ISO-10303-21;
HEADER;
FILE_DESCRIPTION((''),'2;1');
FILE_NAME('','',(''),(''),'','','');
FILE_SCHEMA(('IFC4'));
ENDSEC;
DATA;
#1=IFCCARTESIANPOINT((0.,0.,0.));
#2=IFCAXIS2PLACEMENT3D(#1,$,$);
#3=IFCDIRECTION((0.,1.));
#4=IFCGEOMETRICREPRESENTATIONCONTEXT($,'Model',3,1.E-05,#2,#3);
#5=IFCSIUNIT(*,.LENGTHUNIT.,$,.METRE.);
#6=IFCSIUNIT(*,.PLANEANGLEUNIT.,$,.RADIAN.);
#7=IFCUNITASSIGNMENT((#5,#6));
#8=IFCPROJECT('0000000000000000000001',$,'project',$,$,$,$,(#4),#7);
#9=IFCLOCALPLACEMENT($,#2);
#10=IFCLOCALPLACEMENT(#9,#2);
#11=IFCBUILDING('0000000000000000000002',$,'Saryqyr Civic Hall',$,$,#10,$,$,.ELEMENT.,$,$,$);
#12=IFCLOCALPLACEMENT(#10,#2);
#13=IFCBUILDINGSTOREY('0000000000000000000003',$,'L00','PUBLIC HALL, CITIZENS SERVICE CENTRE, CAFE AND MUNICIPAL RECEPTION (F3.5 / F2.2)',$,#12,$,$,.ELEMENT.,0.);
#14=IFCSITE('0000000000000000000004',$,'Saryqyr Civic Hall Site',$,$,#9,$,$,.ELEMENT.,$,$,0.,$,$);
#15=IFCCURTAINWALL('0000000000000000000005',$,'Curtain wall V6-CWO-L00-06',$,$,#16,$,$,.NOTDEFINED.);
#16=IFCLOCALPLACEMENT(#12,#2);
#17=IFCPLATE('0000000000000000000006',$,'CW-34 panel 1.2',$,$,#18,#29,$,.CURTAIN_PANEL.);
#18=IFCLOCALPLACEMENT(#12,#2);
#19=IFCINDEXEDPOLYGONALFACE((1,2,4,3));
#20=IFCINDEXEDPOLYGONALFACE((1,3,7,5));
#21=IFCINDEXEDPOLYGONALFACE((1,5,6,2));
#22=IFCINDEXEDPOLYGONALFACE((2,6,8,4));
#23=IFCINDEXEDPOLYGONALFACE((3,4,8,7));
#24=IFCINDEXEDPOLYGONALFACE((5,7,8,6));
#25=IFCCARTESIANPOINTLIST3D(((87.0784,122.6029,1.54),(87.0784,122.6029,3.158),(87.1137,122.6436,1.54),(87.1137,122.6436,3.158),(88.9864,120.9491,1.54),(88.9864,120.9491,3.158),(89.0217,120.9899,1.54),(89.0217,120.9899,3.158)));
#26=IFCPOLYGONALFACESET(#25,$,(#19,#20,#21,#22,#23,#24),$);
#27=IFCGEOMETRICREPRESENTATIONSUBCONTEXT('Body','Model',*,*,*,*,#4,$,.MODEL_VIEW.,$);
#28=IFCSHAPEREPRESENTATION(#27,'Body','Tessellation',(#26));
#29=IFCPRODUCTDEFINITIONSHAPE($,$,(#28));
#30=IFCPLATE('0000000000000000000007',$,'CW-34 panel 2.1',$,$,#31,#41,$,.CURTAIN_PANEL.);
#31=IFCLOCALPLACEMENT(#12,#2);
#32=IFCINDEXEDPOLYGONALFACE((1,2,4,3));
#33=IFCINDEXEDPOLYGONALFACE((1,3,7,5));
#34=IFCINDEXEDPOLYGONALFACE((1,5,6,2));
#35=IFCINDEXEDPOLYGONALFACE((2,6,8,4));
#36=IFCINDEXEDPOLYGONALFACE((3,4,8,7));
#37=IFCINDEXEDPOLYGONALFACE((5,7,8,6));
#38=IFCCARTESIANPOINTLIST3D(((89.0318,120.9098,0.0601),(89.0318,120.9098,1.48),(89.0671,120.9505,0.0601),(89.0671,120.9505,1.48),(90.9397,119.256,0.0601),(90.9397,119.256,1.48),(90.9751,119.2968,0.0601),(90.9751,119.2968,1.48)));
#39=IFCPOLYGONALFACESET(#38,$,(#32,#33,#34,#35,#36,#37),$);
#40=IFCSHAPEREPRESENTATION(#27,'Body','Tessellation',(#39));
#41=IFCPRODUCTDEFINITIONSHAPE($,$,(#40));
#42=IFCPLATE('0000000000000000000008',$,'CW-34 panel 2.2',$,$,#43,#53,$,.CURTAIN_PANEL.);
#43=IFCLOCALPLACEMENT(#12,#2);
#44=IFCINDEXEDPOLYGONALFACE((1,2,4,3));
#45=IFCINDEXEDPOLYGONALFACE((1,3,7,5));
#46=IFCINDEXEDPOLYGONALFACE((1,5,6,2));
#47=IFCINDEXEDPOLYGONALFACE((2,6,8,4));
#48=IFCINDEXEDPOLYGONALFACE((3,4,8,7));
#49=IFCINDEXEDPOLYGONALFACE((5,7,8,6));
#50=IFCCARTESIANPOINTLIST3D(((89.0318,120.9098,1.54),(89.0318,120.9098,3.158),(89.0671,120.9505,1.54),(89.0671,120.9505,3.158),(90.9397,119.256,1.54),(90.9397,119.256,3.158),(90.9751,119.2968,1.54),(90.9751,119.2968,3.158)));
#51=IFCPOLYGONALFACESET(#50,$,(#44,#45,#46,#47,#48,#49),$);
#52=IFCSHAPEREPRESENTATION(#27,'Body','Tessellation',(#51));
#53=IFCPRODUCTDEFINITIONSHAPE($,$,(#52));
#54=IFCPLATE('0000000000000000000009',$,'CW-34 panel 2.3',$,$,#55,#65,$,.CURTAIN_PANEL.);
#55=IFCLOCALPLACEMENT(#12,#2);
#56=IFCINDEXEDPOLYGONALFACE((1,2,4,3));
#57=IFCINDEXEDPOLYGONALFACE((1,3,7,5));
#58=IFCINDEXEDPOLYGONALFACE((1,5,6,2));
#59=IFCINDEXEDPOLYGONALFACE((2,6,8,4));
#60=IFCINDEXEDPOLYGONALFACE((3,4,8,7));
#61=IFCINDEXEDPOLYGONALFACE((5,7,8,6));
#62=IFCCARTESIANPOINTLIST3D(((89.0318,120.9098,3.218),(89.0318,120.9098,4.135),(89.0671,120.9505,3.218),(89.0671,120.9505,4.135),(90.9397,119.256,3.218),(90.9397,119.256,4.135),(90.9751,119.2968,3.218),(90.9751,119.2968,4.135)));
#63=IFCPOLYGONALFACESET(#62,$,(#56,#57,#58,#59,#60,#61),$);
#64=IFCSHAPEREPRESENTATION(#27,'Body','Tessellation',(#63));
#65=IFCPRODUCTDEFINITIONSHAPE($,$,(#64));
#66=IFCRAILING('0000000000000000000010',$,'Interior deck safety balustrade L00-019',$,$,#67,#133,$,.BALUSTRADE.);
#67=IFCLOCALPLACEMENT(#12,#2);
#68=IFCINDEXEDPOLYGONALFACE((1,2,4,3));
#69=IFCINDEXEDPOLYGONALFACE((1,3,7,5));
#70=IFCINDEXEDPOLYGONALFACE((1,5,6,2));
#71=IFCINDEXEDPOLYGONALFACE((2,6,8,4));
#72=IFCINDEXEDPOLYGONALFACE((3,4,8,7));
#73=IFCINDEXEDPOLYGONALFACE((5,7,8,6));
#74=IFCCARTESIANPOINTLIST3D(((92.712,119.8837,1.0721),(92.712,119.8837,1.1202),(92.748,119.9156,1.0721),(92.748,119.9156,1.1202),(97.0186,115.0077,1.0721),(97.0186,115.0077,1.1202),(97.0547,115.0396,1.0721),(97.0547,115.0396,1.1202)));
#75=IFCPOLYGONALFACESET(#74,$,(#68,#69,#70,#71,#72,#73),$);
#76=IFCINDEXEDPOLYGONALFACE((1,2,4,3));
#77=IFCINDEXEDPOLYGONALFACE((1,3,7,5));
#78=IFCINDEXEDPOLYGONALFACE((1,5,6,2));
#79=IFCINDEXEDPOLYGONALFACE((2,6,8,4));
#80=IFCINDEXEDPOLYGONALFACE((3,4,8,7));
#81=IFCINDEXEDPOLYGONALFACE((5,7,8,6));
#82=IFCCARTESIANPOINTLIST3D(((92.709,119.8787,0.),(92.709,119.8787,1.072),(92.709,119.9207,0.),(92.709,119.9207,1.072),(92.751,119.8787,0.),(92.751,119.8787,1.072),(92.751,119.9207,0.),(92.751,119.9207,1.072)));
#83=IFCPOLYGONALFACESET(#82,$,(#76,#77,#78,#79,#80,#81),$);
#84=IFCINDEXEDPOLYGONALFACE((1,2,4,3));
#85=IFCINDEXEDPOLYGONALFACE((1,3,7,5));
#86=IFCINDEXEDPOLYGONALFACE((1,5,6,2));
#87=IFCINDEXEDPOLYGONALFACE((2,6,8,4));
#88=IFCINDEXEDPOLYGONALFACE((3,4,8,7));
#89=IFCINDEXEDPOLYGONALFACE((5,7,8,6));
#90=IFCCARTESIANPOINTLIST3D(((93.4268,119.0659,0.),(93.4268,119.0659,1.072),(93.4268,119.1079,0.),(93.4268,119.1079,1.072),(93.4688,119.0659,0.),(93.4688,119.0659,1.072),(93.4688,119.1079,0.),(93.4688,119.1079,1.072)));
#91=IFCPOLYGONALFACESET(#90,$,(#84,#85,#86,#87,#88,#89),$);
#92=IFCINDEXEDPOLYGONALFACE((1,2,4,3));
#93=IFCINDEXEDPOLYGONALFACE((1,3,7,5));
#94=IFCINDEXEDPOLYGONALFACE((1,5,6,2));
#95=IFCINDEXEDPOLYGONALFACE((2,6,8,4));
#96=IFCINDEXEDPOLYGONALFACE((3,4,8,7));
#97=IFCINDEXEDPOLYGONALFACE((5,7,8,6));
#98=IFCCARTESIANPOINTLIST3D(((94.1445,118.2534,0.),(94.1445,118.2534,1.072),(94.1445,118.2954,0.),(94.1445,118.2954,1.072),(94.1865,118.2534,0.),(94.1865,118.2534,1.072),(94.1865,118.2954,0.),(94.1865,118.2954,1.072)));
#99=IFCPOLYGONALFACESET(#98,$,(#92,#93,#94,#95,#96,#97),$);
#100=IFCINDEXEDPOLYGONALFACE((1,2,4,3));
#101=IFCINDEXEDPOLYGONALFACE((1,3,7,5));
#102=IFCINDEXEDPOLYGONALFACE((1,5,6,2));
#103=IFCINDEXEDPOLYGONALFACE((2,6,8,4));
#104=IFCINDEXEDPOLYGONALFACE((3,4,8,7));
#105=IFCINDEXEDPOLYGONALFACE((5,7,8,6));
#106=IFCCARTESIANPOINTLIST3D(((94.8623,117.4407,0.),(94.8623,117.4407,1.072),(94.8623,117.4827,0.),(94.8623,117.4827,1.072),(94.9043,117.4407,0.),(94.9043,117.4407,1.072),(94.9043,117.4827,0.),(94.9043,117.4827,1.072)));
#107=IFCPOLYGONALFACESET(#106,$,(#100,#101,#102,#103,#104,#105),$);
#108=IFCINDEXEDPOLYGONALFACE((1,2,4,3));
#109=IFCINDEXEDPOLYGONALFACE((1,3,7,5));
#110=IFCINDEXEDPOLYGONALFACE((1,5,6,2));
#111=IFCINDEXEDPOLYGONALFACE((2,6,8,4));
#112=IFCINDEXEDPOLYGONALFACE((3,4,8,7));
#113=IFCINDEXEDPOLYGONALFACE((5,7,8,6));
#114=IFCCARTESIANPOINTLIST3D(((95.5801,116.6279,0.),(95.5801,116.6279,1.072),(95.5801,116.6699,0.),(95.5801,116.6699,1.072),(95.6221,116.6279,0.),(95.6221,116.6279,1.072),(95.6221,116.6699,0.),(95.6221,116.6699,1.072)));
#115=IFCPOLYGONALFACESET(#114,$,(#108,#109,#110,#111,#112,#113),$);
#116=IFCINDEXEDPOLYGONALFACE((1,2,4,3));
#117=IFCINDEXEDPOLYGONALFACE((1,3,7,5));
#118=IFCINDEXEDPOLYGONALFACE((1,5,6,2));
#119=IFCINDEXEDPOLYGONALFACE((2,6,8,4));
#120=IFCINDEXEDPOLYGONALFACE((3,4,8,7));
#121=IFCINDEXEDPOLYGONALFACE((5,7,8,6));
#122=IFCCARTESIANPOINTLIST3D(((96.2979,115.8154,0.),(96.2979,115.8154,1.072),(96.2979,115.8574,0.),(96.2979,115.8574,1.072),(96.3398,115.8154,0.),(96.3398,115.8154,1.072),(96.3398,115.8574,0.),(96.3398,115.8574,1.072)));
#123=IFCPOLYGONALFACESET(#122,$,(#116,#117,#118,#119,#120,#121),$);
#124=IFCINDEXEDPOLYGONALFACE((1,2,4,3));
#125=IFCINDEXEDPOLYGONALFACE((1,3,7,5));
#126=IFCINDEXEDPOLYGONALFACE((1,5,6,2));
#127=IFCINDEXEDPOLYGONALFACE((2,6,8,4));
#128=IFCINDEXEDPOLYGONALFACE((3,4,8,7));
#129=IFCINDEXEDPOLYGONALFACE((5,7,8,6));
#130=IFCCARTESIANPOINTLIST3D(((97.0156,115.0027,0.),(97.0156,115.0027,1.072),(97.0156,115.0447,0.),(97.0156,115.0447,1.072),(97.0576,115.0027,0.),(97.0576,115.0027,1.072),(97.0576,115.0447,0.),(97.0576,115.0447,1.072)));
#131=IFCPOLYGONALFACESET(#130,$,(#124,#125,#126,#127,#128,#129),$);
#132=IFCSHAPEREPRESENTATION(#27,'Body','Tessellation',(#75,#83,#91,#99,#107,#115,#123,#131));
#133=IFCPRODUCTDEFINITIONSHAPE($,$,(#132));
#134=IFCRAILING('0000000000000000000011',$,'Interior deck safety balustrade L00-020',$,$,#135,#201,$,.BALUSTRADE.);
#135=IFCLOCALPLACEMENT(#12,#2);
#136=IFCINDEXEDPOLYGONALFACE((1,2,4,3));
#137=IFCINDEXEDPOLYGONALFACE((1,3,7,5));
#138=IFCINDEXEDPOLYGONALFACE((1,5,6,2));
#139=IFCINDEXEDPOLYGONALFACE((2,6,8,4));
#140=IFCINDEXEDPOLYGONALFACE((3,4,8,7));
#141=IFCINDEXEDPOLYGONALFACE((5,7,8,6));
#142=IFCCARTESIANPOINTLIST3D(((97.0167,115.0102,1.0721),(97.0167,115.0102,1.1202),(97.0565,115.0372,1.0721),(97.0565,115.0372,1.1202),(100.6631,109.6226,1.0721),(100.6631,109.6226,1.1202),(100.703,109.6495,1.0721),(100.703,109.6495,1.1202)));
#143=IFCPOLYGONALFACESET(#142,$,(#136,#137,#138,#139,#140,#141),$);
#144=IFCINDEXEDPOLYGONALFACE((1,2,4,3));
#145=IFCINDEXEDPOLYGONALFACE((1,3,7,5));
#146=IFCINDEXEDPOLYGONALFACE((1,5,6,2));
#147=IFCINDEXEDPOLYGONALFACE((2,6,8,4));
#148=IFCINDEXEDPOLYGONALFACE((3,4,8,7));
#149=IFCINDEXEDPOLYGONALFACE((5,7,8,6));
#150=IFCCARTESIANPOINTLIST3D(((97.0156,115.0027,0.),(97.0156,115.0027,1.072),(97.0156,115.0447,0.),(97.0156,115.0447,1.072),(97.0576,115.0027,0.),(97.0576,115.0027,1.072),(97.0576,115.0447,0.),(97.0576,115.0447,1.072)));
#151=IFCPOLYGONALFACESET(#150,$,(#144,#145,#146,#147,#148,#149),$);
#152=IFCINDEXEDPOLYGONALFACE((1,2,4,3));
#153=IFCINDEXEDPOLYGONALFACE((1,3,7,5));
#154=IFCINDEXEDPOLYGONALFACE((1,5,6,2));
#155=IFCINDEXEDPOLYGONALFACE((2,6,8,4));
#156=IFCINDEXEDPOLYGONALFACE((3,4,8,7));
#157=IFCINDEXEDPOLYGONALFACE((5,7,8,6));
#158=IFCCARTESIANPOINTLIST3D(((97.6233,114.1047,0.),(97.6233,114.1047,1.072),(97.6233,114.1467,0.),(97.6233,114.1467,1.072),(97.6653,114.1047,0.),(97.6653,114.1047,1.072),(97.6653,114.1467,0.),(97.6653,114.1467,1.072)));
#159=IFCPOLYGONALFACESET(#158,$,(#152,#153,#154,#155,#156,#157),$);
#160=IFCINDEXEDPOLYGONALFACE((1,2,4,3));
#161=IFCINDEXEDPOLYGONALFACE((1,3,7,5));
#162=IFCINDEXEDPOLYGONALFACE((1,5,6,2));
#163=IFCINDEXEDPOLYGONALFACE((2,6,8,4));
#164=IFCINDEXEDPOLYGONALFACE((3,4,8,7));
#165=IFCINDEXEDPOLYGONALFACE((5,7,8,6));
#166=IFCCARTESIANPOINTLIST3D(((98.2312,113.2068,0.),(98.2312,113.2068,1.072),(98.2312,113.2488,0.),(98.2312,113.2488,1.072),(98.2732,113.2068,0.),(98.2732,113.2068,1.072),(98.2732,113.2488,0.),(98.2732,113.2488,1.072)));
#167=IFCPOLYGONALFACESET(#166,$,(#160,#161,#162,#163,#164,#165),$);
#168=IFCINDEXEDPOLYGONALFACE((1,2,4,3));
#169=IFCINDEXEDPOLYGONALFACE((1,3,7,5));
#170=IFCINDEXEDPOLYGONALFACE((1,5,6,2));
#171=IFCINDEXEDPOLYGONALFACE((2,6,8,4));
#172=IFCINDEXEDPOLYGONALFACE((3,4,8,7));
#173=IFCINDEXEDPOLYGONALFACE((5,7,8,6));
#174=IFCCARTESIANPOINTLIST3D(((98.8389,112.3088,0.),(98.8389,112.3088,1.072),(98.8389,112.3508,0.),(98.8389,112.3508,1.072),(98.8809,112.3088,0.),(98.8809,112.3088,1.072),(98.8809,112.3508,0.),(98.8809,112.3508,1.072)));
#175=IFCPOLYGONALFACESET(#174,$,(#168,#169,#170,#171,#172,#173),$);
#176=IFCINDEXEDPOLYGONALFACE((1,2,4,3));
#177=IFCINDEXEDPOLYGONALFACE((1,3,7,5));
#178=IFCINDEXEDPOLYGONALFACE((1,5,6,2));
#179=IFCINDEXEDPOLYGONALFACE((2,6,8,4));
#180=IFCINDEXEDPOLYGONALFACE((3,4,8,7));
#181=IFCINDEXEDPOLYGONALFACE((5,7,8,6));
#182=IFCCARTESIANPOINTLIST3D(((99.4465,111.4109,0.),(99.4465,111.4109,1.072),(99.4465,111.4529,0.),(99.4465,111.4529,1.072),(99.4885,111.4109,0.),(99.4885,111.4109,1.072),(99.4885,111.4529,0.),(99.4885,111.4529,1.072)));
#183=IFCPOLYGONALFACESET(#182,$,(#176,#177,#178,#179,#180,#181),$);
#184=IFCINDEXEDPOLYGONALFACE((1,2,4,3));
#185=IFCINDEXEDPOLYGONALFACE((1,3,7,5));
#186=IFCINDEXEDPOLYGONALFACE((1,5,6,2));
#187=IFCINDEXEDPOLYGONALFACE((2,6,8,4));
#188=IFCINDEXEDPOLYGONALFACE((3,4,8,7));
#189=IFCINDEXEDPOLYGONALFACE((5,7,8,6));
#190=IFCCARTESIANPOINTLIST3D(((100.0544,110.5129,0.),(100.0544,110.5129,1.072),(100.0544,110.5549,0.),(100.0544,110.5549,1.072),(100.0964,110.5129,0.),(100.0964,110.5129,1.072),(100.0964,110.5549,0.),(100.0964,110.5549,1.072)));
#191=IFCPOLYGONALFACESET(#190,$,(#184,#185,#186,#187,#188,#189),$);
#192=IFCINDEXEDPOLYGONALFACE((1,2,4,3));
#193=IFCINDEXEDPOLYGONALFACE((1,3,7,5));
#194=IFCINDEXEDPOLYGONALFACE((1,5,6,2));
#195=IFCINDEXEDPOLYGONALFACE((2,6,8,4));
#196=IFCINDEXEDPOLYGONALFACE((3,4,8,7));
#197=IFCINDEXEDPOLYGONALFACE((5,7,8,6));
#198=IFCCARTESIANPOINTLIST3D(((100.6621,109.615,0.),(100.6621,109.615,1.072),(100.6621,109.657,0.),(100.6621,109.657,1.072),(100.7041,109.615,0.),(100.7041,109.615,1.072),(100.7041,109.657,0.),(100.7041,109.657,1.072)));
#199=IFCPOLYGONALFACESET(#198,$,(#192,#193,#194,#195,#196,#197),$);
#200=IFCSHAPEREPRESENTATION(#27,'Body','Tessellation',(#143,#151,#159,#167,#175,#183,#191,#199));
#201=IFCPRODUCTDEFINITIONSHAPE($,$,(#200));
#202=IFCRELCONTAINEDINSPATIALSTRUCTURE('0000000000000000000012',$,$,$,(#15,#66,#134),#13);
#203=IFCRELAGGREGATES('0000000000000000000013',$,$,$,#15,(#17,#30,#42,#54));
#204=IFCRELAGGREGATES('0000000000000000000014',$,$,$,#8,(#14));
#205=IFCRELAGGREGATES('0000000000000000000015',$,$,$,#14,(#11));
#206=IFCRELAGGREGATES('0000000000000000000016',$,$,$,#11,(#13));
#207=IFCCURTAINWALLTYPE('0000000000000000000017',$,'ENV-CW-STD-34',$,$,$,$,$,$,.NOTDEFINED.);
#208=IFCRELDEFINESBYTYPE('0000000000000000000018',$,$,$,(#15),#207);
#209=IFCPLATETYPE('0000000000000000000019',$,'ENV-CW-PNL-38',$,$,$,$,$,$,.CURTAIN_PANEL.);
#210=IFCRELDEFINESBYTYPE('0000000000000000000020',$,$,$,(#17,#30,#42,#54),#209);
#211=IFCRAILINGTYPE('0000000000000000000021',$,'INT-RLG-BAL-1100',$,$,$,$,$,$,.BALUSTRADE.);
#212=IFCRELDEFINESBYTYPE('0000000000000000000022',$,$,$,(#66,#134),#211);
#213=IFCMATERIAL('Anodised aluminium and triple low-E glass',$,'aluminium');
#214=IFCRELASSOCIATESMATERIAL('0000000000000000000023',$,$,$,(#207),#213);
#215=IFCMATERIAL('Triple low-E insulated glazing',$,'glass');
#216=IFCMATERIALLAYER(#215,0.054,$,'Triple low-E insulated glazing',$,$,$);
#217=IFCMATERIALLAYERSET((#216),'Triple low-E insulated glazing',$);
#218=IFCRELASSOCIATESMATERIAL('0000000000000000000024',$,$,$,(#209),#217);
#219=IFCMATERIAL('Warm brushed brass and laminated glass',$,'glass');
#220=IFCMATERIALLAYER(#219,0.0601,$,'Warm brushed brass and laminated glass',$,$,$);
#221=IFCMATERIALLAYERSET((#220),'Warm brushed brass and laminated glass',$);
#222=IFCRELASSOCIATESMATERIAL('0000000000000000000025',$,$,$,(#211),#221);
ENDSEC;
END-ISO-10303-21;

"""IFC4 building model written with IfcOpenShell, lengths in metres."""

from ifc_helpers import new_model, si_unit, direction, frame, origin, origin_2d, place, context, subcontext, project, spatial, rectangle, extrude, material, layer, layer_set, type_object, element, aggregate, save


model = new_model("IFC4")

# Units and contexts
model_context = context("Model", 3, precision=1e-05, world=origin(), true_north=direction((0.0, 1.0)))
body_context = subcontext(model_context, "Body", "Model", "MODEL_VIEW")
ifc_project = project(units=[si_unit("LENGTHUNIT", "METRE"), si_unit("PLANEANGLEUNIT", "RADIAN")], contexts=[model_context])

# Site, building, storey
site_placement = place(None, origin())
site = spatial("IfcSite", under=ifc_project, at=site_placement, Name="Saryqyr Civic Hall Site", CompositionType="ELEMENT", RefElevation=0.0)
building_placement = place(site_placement, origin())
building = spatial("IfcBuilding", under=site, at=building_placement, Name="Saryqyr Civic Hall", CompositionType="ELEMENT")
storey_placement = place(building_placement, origin())
storey = spatial("IfcBuildingStorey", under=building, at=storey_placement, Name="L00", Description="PUBLIC HALL, CITIZENS SERVICE CENTRE, CAFE AND MUNICIPAL RECEPTION (F3.5 / F2.2)", CompositionType="ELEMENT", Elevation=0.0)

# Shared definitions
ifc_material_1 = material(Name="Anodised aluminium and triple low-E glass", Category="aluminium")

# Curtain wall
curtain_wall_type_1 = type_object("IfcCurtainWallType", Name="ENV-CW-STD-34", PredefinedType="NOTDEFINED", material=ifc_material_1)
curtain_wall_1_placement = place(storey_placement, origin())
curtain_wall_1 = element("IfcCurtainWall", 1, at=curtain_wall_1_placement, inside=storey, type_object=curtain_wall_type_1, Name="Curtain wall V6-CWO-L00-06", PredefinedType="NOTDEFINED")

# Plates
ifc_material_2 = material(Name="Triple low-E insulated glazing", Category="glass")
ifc_layer_1 = layer(ifc_material_2, 0.054, Name="Triple low-E insulated glazing")
ifc_layer_set_1 = layer_set([ifc_layer_1], Name="Triple low-E insulated glazing")
plate_type = type_object("IfcPlateType", Name="ENV-CW-PNL-38", PredefinedType="CURTAIN_PANEL", material=ifc_layer_set_1)
plate_1_placement = place(storey_placement, frame((88.05, 121.7964, 1.54), z_axis=(0.0, 0.0, 1.0), x_axis=(0.755656, -0.654968, 0.0)))
plate_1 = element("IfcPlate", 2, at=plate_1_placement, type_object=plate_type, Name="CW-34 panel 1.2", PredefinedType="CURTAIN_PANEL", context=body_context, shape_type="SweptSolid", body=[
    extrude(rectangle(XDim=2.5249, YDim=0.054, at=origin_2d()), origin(), (0.0, 0.0, 1.0), 1.6179),
])
plate_2_placement = place(storey_placement, frame((90.0034, 120.1033, 0.0601), z_axis=(0.0, 0.0, 1.0), x_axis=(0.755656, -0.654968, 0.0)))
plate_2 = element("IfcPlate", 3, at=plate_2_placement, type_object=plate_type, Name="CW-34 panel 2.1", PredefinedType="CURTAIN_PANEL", context=body_context, shape_type="SweptSolid", body=[
    extrude(rectangle(XDim=2.5249, YDim=0.054, at=origin_2d()), origin(), (0.0, 0.0, 1.0), 1.4199),
])
plate_3_placement = place(storey_placement, frame((90.0034, 120.1033, 1.54), z_axis=(0.0, 0.0, 1.0), x_axis=(0.755656, -0.654968, 0.0)))
plate_3 = element("IfcPlate", 4, at=plate_3_placement, type_object=plate_type, Name="CW-34 panel 2.2", PredefinedType="CURTAIN_PANEL", context=body_context, shape_type="SweptSolid", body=[
    extrude(rectangle(XDim=2.5249, YDim=0.054, at=origin_2d()), origin(), (0.0, 0.0, 1.0), 1.6179),
])
plate_4_placement = place(storey_placement, frame((90.0034, 120.1033, 3.218), z_axis=(0.0, 0.0, 1.0), x_axis=(0.755656, -0.654968, 0.0)))
plate_4 = element("IfcPlate", 5, at=plate_4_placement, type_object=plate_type, Name="CW-34 panel 2.3", PredefinedType="CURTAIN_PANEL", context=body_context, shape_type="SweptSolid", body=[
    extrude(rectangle(XDim=2.5249, YDim=0.054, at=origin_2d()), origin(), (0.0, 0.0, 1.0), 0.917),
])
aggregate(curtain_wall_1, [plate_1, plate_2, plate_3, plate_4])

# Railings
ifc_material_3 = material(Name="Warm brushed brass and laminated glass", Category="glass")
ifc_layer_2 = layer(ifc_material_3, 0.0601, Name="Warm brushed brass and laminated glass")
ifc_layer_set_2 = layer_set([ifc_layer_2], Name="Warm brushed brass and laminated glass")
railing_type = type_object("IfcRailingType", Name="INT-RLG-BAL-1100", PredefinedType="BALUSTRADE", material=ifc_layer_set_2)
railing_1_placement = place(storey_placement, frame((92.73, 119.8997, 0.0)))
element("IfcRailing", 6, at=railing_1_placement, inside=storey, type_object=railing_type, Name="Interior deck safety balustrade L00-019", PredefinedType="BALUSTRADE", context=body_context, shape_type="SweptSolid", body=[
    extrude(rectangle(XDim=0.0481, YDim=0.0481, at=origin_2d()), frame((0.0, 0.0, 1.0962), z_axis=(0.661994, -0.749509, 0.0), x_axis=(0.749509, 0.661994, 0.0)), (0.0, 0.0, 1.0), 6.5056),
    extrude(rectangle(XDim=0.042, YDim=0.042, at=origin_2d()), origin(), (0.0, 0.0, 1.0), 1.072),
    extrude(rectangle(XDim=0.042, YDim=0.042, at=origin_2d()), frame((0.7178, -0.8127, 0.0)), (0.0, 0.0, 1.0), 1.072),
    extrude(rectangle(XDim=0.042, YDim=0.042, at=origin_2d()), frame((1.4355, -1.6252, 0.0)), (0.0, 0.0, 1.0), 1.072),
    extrude(rectangle(XDim=0.042, YDim=0.042, at=origin_2d()), frame((2.1533, -2.438, 0.0)), (0.0, 0.0, 1.0), 1.072),
    extrude(rectangle(XDim=0.042, YDim=0.042, at=origin_2d()), frame((2.8711, -3.2507, 0.0)), (0.0, 0.0, 1.0), 1.072),
    extrude(rectangle(XDim=0.042, YDim=0.042, at=origin_2d()), frame((3.5889, -4.0632, 0.0)), (0.0, 0.0, 1.0), 1.072),
    extrude(rectangle(XDim=0.042, YDim=0.042, at=origin_2d()), frame((4.3066, -4.876, 0.0)), (0.0, 0.0, 1.0), 1.072),
])
railing_2_placement = place(storey_placement, frame((97.0366, 115.0237, 0.0)))
element("IfcRailing", 7, at=railing_2_placement, inside=storey, type_object=railing_type, Name="Interior deck safety balustrade L00-020", PredefinedType="BALUSTRADE", context=body_context, shape_type="SweptSolid", body=[
    extrude(rectangle(XDim=0.0481, YDim=0.0481, at=origin_2d()), frame((0.0, 0.0, 1.0962), z_axis=(0.560506, -0.82815, 0.0), x_axis=(0.82815, 0.560506, 0.0)), (0.0, 0.0, 1.0), 6.5056),
    extrude(rectangle(XDim=0.042, YDim=0.042, at=origin_2d()), origin(), (0.0, 0.0, 1.0), 1.072),
    extrude(rectangle(XDim=0.042, YDim=0.042, at=origin_2d()), frame((0.6077, -0.8979, 0.0)), (0.0, 0.0, 1.0), 1.072),
    extrude(rectangle(XDim=0.042, YDim=0.042, at=origin_2d()), frame((1.2156, -1.7959, 0.0)), (0.0, 0.0, 1.0), 1.072),
    extrude(rectangle(XDim=0.042, YDim=0.042, at=origin_2d()), frame((1.8232, -2.6938, 0.0)), (0.0, 0.0, 1.0), 1.072),
    extrude(rectangle(XDim=0.042, YDim=0.042, at=origin_2d()), frame((2.4309, -3.5918, 0.0)), (0.0, 0.0, 1.0), 1.072),
    extrude(rectangle(XDim=0.042, YDim=0.042, at=origin_2d()), frame((3.0388, -4.4897, 0.0)), (0.0, 0.0, 1.0), 1.072),
    extrude(rectangle(XDim=0.042, YDim=0.042, at=origin_2d()), frame((3.6465, -5.3877, 0.0)), (0.0, 0.0, 1.0), 1.072),
])

save(model, "model.ifc")
